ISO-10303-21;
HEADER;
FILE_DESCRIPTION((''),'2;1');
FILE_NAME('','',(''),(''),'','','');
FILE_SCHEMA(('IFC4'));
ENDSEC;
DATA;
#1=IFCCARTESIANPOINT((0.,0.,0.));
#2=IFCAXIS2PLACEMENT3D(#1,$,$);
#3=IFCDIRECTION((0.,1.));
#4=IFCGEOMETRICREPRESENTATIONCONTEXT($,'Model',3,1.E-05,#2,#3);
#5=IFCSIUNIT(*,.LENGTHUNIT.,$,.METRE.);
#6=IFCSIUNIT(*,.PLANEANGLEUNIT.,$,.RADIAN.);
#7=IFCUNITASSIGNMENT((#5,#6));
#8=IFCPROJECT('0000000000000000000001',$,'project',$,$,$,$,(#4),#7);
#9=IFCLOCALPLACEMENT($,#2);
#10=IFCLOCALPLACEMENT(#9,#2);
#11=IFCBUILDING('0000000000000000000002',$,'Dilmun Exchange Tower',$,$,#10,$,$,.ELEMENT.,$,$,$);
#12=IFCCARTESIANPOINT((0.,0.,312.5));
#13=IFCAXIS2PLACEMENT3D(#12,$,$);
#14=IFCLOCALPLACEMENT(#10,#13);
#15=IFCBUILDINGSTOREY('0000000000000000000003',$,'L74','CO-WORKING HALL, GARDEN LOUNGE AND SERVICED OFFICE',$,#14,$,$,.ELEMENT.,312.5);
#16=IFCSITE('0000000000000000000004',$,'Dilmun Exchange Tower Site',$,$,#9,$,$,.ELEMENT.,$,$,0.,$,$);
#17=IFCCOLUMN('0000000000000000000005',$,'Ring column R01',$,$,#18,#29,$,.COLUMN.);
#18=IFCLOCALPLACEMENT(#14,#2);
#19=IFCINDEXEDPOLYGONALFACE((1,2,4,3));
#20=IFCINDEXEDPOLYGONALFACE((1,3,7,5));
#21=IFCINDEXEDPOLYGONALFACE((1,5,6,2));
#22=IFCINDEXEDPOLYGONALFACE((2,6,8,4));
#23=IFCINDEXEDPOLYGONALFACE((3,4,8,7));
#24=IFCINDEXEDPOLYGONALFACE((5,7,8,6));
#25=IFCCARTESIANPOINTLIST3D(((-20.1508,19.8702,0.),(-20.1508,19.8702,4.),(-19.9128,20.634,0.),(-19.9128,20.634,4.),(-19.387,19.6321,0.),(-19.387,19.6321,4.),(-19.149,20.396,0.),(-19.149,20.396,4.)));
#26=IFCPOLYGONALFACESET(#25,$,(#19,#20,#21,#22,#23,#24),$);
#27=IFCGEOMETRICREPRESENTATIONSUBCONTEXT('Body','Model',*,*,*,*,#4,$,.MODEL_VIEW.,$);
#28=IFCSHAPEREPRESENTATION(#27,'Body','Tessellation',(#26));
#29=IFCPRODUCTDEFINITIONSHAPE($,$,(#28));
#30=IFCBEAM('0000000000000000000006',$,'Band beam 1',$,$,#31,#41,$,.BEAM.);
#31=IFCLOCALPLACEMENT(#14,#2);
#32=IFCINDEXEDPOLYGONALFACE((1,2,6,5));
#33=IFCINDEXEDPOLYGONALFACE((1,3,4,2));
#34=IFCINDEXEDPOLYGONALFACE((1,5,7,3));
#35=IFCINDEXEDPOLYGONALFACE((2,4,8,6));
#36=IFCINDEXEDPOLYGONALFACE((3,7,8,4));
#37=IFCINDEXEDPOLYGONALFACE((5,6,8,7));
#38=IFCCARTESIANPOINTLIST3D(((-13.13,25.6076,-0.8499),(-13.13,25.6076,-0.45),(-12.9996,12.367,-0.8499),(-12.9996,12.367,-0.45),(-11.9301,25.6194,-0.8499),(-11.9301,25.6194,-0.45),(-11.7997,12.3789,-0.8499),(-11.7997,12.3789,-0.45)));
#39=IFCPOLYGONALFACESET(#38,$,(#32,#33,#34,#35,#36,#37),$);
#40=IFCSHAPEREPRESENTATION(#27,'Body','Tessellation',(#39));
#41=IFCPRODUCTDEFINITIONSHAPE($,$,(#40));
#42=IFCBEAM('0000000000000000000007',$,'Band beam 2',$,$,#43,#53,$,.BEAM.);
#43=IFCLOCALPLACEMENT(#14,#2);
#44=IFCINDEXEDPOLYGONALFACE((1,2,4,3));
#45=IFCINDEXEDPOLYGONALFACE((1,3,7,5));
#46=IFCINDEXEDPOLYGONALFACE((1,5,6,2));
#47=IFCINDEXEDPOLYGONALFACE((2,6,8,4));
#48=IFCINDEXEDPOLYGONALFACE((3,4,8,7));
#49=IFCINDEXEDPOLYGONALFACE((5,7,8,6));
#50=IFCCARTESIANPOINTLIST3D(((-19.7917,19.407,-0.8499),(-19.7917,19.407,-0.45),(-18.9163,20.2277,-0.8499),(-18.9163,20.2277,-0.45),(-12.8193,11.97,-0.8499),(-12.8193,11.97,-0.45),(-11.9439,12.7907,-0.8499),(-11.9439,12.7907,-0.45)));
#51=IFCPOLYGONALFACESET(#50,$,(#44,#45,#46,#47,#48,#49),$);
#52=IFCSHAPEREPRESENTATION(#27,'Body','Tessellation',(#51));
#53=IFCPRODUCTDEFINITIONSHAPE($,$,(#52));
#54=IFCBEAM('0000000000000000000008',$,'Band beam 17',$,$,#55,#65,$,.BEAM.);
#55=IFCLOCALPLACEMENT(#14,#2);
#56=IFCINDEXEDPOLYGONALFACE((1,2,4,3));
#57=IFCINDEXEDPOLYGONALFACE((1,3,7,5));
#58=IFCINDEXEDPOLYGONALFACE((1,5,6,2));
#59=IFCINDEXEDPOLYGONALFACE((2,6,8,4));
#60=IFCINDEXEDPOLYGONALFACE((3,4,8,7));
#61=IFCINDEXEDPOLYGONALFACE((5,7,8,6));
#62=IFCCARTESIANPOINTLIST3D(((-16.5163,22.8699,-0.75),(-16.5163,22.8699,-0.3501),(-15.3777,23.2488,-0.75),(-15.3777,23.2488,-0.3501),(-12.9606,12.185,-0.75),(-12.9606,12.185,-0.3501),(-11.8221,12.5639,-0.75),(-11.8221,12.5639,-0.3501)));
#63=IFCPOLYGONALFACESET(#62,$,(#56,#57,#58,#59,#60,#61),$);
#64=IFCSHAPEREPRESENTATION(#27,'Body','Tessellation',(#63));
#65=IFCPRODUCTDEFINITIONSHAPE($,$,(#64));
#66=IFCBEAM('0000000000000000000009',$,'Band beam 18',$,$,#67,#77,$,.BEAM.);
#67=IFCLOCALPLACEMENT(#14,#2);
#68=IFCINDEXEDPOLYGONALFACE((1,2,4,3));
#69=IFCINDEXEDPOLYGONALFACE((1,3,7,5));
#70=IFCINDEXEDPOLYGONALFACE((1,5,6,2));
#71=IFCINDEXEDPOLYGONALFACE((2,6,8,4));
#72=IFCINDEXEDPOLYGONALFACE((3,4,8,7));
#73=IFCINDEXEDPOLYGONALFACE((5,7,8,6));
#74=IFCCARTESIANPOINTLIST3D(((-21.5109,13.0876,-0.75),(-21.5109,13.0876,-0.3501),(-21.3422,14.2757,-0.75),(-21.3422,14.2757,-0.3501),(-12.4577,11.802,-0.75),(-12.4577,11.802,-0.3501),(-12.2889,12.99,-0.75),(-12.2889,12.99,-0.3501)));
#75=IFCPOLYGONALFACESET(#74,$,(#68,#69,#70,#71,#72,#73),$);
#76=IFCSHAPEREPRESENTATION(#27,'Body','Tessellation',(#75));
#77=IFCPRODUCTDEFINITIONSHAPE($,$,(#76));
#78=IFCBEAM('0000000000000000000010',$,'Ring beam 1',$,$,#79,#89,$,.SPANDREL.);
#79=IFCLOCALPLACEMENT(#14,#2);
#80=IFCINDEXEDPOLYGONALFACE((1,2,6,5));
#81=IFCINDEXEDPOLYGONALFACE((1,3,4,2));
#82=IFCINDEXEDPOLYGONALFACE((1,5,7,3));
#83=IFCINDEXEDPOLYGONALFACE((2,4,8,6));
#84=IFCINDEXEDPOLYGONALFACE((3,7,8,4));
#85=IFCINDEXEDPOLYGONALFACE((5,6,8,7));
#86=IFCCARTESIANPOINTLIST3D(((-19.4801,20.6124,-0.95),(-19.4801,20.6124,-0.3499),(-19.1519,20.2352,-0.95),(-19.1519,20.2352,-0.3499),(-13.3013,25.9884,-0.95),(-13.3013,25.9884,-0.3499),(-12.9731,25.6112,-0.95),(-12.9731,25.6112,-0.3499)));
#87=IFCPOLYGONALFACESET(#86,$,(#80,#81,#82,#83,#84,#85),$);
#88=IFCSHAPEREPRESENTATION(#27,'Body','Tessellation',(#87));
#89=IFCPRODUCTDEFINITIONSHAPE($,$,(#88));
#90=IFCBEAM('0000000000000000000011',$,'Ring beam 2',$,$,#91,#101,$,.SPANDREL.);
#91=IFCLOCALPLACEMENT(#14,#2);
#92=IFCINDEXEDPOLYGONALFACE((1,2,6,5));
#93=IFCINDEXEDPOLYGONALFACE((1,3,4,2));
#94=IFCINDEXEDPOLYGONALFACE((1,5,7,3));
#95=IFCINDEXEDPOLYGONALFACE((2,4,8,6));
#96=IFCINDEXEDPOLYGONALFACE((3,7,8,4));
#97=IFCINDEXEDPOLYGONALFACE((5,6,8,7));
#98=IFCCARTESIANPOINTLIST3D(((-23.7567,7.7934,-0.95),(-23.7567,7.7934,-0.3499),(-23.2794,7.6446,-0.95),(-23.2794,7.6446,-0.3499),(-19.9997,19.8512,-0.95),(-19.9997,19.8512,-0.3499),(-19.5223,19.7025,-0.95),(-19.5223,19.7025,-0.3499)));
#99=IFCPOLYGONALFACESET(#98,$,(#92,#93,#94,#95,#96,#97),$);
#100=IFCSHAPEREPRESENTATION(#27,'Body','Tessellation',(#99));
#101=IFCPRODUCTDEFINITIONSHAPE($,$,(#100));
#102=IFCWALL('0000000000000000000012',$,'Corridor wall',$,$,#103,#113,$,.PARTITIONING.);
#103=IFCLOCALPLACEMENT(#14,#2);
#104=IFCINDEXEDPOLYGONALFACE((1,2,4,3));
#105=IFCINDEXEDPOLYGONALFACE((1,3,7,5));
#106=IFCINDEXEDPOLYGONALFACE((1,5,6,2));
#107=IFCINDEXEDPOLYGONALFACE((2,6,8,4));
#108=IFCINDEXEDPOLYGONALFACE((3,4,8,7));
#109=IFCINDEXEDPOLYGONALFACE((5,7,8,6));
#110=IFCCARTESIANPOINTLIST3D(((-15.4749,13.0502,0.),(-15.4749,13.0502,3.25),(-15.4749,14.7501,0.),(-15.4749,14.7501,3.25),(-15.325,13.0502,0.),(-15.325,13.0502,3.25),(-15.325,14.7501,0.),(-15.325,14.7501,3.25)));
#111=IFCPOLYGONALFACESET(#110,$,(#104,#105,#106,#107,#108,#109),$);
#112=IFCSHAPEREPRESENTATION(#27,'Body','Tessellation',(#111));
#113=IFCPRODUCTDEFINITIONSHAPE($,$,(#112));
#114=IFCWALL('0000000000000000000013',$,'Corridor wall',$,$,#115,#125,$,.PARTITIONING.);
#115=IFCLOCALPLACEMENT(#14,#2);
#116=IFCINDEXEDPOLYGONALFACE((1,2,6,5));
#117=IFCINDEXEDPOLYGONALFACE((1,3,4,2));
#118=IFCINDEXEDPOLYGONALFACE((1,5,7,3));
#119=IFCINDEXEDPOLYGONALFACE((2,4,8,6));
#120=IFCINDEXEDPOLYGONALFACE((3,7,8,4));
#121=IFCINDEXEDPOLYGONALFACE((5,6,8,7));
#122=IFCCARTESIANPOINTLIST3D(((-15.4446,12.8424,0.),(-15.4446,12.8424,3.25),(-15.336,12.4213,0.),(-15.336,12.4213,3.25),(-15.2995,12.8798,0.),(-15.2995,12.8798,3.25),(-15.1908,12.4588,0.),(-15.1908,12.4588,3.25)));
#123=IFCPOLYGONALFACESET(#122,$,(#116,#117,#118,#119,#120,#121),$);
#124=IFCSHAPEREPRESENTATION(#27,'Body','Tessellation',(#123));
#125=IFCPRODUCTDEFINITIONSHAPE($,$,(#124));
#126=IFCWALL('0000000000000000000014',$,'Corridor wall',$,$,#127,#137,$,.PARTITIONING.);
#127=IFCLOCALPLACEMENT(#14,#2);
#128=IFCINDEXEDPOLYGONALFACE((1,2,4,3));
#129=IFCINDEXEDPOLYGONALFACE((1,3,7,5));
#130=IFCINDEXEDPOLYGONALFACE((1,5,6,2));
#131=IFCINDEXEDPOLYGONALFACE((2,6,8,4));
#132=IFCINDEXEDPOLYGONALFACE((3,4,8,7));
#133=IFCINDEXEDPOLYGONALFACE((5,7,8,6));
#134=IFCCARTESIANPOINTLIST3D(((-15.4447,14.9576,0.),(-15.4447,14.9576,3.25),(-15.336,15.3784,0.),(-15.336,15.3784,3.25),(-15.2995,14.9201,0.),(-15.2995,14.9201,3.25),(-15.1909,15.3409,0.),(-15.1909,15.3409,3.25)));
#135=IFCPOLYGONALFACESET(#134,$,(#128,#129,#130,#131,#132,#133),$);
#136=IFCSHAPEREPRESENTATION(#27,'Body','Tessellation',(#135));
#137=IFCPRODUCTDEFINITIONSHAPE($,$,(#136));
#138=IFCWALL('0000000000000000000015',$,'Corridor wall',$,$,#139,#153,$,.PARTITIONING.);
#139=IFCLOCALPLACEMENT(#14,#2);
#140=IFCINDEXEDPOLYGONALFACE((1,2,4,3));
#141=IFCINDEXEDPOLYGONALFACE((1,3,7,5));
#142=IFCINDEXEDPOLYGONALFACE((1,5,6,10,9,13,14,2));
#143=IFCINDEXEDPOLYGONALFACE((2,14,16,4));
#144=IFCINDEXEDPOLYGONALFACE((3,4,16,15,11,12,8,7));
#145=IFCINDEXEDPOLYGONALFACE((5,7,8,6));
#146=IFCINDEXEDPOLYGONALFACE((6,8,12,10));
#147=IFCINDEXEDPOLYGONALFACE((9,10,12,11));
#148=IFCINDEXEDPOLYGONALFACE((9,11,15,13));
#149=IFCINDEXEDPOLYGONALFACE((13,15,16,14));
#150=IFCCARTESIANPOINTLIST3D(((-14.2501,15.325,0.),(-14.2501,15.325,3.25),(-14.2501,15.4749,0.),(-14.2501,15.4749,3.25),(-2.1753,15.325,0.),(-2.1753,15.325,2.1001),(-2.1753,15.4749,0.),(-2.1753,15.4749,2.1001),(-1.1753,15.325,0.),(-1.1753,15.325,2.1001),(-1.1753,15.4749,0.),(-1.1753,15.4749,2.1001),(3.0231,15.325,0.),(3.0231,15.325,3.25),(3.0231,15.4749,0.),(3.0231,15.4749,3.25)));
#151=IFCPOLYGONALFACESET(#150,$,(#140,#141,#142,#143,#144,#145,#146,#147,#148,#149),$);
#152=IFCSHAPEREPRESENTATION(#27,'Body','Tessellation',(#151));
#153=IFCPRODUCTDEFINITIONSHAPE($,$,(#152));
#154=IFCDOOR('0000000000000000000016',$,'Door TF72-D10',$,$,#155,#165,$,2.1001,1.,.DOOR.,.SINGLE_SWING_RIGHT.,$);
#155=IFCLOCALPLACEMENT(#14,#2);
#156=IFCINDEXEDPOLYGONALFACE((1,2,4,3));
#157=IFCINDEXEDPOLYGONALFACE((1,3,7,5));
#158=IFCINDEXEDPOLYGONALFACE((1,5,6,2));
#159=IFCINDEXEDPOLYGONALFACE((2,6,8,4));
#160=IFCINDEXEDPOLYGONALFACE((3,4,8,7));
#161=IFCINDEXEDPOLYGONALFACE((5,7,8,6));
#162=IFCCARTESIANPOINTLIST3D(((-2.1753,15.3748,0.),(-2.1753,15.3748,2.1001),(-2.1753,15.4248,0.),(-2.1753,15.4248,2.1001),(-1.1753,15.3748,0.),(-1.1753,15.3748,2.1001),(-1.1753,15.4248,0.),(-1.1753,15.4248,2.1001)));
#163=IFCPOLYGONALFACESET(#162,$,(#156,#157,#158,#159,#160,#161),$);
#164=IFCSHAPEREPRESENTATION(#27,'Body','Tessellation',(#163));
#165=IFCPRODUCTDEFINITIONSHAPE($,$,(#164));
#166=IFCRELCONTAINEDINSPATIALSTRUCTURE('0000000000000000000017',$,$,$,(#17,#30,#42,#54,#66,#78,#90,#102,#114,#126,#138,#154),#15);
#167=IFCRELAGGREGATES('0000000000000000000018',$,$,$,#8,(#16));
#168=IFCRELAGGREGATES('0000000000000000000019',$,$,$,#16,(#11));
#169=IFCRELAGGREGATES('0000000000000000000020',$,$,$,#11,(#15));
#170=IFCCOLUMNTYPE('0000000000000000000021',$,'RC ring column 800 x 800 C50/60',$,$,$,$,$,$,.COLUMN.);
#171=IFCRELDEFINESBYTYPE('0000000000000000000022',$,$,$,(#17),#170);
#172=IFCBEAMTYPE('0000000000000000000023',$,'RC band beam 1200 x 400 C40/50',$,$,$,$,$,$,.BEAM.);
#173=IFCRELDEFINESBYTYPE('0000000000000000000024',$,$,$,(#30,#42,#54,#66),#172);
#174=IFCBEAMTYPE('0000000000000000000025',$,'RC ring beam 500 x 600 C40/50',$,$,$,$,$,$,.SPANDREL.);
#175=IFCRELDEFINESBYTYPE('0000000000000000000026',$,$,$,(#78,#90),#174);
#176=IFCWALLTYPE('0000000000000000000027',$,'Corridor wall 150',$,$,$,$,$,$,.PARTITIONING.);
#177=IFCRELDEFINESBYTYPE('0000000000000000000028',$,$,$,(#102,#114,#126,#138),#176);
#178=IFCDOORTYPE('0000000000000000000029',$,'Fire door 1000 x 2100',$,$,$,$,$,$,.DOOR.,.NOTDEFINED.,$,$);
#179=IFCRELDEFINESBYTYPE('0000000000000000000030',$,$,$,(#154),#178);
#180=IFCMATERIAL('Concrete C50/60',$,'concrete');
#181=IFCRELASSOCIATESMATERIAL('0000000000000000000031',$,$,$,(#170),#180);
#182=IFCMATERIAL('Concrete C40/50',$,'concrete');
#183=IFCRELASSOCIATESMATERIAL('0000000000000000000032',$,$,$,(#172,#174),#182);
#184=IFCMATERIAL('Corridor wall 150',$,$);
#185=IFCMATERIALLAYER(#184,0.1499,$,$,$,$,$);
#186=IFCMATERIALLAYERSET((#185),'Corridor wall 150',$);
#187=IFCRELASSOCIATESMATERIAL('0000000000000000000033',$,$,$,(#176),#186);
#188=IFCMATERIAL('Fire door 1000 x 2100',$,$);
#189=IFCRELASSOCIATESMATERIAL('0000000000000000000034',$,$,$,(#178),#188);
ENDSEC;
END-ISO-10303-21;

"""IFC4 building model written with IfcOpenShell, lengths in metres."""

from ifc_helpers import new_model, si_unit, direction, frame, frame_2d, origin, origin_2d, place, context, subcontext, project, spatial, rectangle, extrude, material, layer, layer_set, material_profile, profile_set, type_object, element, fill, save


model = new_model("IFC4")

# Units and contexts
model_context = context("Model", 3, precision=1e-05, world=origin(), true_north=direction((0.0, 1.0)))
body_context = subcontext(model_context, "Body", "Model", "MODEL_VIEW")
ifc_project = project(units=[si_unit("LENGTHUNIT", "METRE"), si_unit("PLANEANGLEUNIT", "RADIAN")], contexts=[model_context])

# Site, building, storey
site_placement = place(None, origin())
site = spatial("IfcSite", under=ifc_project, at=site_placement, Name="Dilmun Exchange Tower Site", CompositionType="ELEMENT", RefElevation=0.0)
building_placement = place(site_placement, origin())
building = spatial("IfcBuilding", under=site, at=building_placement, Name="Dilmun Exchange Tower", CompositionType="ELEMENT")
storey_placement = place(building_placement, frame((0.0, 0.0, 312.5)))
storey = spatial("IfcBuildingStorey", under=building, at=storey_placement, Name="L74", Description="CO-WORKING HALL, GARDEN LOUNGE AND SERVICED OFFICE", CompositionType="ELEMENT", Elevation=312.5)

# Column
ifc_material_1 = material(Name="Concrete C50/60", Category="concrete")
ifc_material_profile_1 = material_profile(ifc_material_1, rectangle(XDim=0.8, YDim=0.8, at=origin_2d()), Name="800 x 800")
ifc_profile_set_1 = profile_set([ifc_material_profile_1], Name="Concrete C50/60")
column_type = type_object("IfcColumnType", Name="RC ring column 800 x 800 C50/60", PredefinedType="COLUMN", material=ifc_profile_set_1)
column_placement = place(storey_placement, frame((-19.6499, 20.1331, 0.0), z_axis=(0.0, 0.0, 1.0), x_axis=(0.297503, 0.954721, 0.0)))
element("IfcColumn", 1, at=column_placement, inside=storey, type_object=column_type, Name="Ring column R01", PredefinedType="COLUMN", context=body_context, shape_type="SweptSolid", body=[
    extrude(rectangle(XDim=0.8, YDim=0.8, at=origin_2d()), origin(), (0.0, 0.0, 1.0), 4.0),
])

# Beams
ifc_material_2 = material(Name="Concrete C40/50", Category="concrete")
ifc_material_profile_2 = material_profile(ifc_material_2, rectangle(XDim=1.2, YDim=0.3999, at=origin_2d()), Name="1200 x 400")
ifc_profile_set_2 = profile_set([ifc_material_profile_2], Name="Concrete C40/50")
beam_type_1 = type_object("IfcBeamType", Name="RC band beam 1200 x 400 C40/50", PredefinedType="BEAM", material=ifc_profile_set_2)
beam_1_placement = place(storey_placement, frame((-12.53, 25.6135, -0.6499), z_axis=(0.009846, -0.999952, 0.0), x_axis=(0.999952, 0.009846, 0.0)))
element("IfcBeam", 2, at=beam_1_placement, inside=storey, type_object=beam_type_1, Name="Band beam 1", PredefinedType="BEAM", context=body_context, shape_type="SweptSolid", body=[
    extrude(rectangle(XDim=1.2, YDim=0.3999, at=origin_2d()), origin(), (0.0, 0.0, 1.0), 13.2412),
])
beam_2_placement = place(storey_placement, frame((-19.354, 19.8174, -0.6499), z_axis=(0.683952, -0.729527, 0.0), x_axis=(0.729527, 0.683952, 0.0)))
element("IfcBeam", 3, at=beam_2_placement, inside=storey, type_object=beam_type_1, Name="Band beam 2", PredefinedType="BEAM", context=body_context, shape_type="SweptSolid", body=[
    extrude(rectangle(XDim=1.2, YDim=0.3999, at=origin_2d()), origin(), (0.0, 0.0, 1.0), 10.1943),
])
beam_3_placement = place(storey_placement, frame((-15.947, 23.0593, -0.55), z_axis=(0.315753, -0.948841, 0.0), x_axis=(0.948841, 0.315753, 0.0)))
element("IfcBeam", 4, at=beam_3_placement, inside=storey, type_object=beam_type_1, Name="Band beam 17", PredefinedType="BEAM", context=body_context, shape_type="SweptSolid", body=[
    extrude(rectangle(XDim=1.2, YDim=0.3999, at=origin_2d()), origin(), (0.0, 0.0, 1.0), 11.261),
])
beam_4_placement = place(storey_placement, frame((-21.4265, 13.6816, -0.55), z_axis=(0.990067, -0.140599, 0.0), x_axis=(0.140599, 0.990067, 0.0)))
element("IfcBeam", 5, at=beam_4_placement, inside=storey, type_object=beam_type_1, Name="Band beam 18", PredefinedType="BEAM", context=body_context, shape_type="SweptSolid", body=[
    extrude(rectangle(XDim=1.2, YDim=0.3999, at=origin_2d()), origin(), (0.0, 0.0, 1.0), 9.144),
])
ifc_material_profile_3 = material_profile(ifc_material_2, rectangle(XDim=0.5, YDim=0.6001, at=origin_2d()), Name="500 x 600")
ifc_profile_set_3 = profile_set([ifc_material_profile_3], Name="Concrete C40/50")
beam_type_2 = type_object("IfcBeamType", Name="RC ring beam 500 x 600 C40/50", PredefinedType="SPANDREL", material=ifc_profile_set_3)
beam_5_placement = place(storey_placement, frame((-13.1372, 25.7998, -0.6499), z_axis=(-0.754413, -0.6564, 0.0), x_axis=(0.6564, -0.754413, 0.0)))
element("IfcBeam", 6, at=beam_5_placement, inside=storey, type_object=beam_type_2, Name="Ring beam 1", PredefinedType="SPANDREL", context=body_context, shape_type="SweptSolid", body=[
    extrude(rectangle(XDim=0.5, YDim=0.6001, at=origin_2d()), origin(), (0.0, 0.0, 1.0), 8.1902),
])
beam_6_placement = place(storey_placement, frame((-19.761, 19.7769, -0.6499), z_axis=(-0.297481, -0.954728, 0.0), x_axis=(0.954728, -0.297481, 0.0)))
element("IfcBeam", 7, at=beam_6_placement, inside=storey, type_object=beam_type_2, Name="Ring beam 2", PredefinedType="SPANDREL", context=body_context, shape_type="SweptSolid", body=[
    extrude(rectangle(XDim=0.5, YDim=0.6001, at=origin_2d()), origin(), (0.0, 0.0, 1.0), 12.6296),
])

# Walls
ifc_material_3 = material(Name="Corridor wall 150")
ifc_layer_1 = layer(ifc_material_3, 0.1499)
ifc_layer_set_1 = layer_set([ifc_layer_1], Name="Corridor wall 150")
wall_type_1 = type_object("IfcWallType", Name="Corridor wall 150", PredefinedType="PARTITIONING", material=ifc_layer_set_1)
wall_1_placement = place(storey_placement, frame((-15.3999, 13.05, 0.0), z_axis=(0.0, 0.0, 1.0), x_axis=(0.0, 1.0, 0.0)))
element("IfcWall", 8, at=wall_1_placement, inside=storey, type_object=wall_type_1, Name="Corridor wall", PredefinedType="PARTITIONING", context=body_context, shape_type="SweptSolid", body=[
    extrude(rectangle(XDim=1.7, YDim=0.1499, at=frame_2d((0.8501, 0.0))), origin(), (0.0, 0.0, 1.0), 3.25),
])
wall_2_placement = place(storey_placement, frame((-15.2634, 12.4402, 0.0), z_axis=(0.0, 0.0, 1.0), x_axis=(-0.249929, 0.968264, 0.0)))
element("IfcWall", 9, at=wall_2_placement, inside=storey, type_object=wall_type_1, Name="Corridor wall", PredefinedType="PARTITIONING", context=body_context, shape_type="SweptSolid", body=[
    extrude(rectangle(XDim=0.4348, YDim=0.1499, at=frame_2d((0.2173, 0.0))), origin(), (0.0, 0.0, 1.0), 3.25),
])
wall_3_placement = place(storey_placement, frame((-15.2634, 15.3596, 0.0), z_axis=(0.0, 0.0, 1.0), x_axis=(-0.250065, -0.968229, 0.0)))
element("IfcWall", 10, at=wall_3_placement, inside=storey, type_object=wall_type_1, Name="Corridor wall", PredefinedType="PARTITIONING", context=body_context, shape_type="SweptSolid", body=[
    extrude(rectangle(XDim=0.4346, YDim=0.1499, at=frame_2d((0.2173, 0.0))), origin(), (0.0, 0.0, 1.0), 3.25),
])

# Wall, opening, door
wall_4_placement = place(storey_placement, frame((-14.2502, 15.3999, 0.0), z_axis=(0.0, 0.0, 1.0), x_axis=(1.0, 0.0, 0.0)))
wall_4 = element("IfcWall", 11, at=wall_4_placement, inside=storey, type_object=wall_type_1, Name="Corridor wall", PredefinedType="PARTITIONING", context=body_context, shape_type="SweptSolid", body=[
    extrude(rectangle(XDim=17.2732, YDim=0.1499, at=frame_2d((8.6367, 0.0))), origin(), (0.0, 0.0, 1.0), 3.25),
])
opening_1_placement = place(wall_4_placement, frame((12.075, 0.0, 0.0)))
opening_1 = element("IfcOpeningElement", 12, at=opening_1_placement, cuts=wall_4, PredefinedType="OPENING", context=body_context, shape_type="SweptSolid", body=[
    extrude(rectangle(XDim=1.0, YDim=2.1001, at=frame_2d((0.5, 1.05))), frame((0.0, 0.085, 0.0), z_axis=(0.0, -1.0, 0.0), x_axis=(1.0, 0.0, 0.0)), (0.0, 0.0, 1.0), 0.1699),
])
ifc_material_4 = material(Name="Fire door 1000 x 2100")
door_type_1 = type_object("IfcDoorType", Name="Fire door 1000 x 2100", OperationType="NOTDEFINED", PredefinedType="DOOR", material=ifc_material_4)
door_1_placement = place(opening_1_placement, origin())
door_1 = element("IfcDoor", 13, at=door_1_placement, inside=storey, type_object=door_type_1, Name="Door TF72-D10", OperationType="SINGLE_SWING_RIGHT", OverallHeight=2.1001, OverallWidth=1.0, PredefinedType="DOOR", context=body_context, shape_type="SweptSolid", body=[
    extrude(rectangle(XDim=1.0, YDim=2.1001, at=frame_2d((0.5, 1.05))), frame((0.0, 0.0249, 0.0), z_axis=(0.0, -1.0, 0.0), x_axis=(1.0, 0.0, 0.0)), (0.0, 0.0, 1.0), 0.05),
])
fill(opening_1, door_1)

save(model, "model.ifc")
